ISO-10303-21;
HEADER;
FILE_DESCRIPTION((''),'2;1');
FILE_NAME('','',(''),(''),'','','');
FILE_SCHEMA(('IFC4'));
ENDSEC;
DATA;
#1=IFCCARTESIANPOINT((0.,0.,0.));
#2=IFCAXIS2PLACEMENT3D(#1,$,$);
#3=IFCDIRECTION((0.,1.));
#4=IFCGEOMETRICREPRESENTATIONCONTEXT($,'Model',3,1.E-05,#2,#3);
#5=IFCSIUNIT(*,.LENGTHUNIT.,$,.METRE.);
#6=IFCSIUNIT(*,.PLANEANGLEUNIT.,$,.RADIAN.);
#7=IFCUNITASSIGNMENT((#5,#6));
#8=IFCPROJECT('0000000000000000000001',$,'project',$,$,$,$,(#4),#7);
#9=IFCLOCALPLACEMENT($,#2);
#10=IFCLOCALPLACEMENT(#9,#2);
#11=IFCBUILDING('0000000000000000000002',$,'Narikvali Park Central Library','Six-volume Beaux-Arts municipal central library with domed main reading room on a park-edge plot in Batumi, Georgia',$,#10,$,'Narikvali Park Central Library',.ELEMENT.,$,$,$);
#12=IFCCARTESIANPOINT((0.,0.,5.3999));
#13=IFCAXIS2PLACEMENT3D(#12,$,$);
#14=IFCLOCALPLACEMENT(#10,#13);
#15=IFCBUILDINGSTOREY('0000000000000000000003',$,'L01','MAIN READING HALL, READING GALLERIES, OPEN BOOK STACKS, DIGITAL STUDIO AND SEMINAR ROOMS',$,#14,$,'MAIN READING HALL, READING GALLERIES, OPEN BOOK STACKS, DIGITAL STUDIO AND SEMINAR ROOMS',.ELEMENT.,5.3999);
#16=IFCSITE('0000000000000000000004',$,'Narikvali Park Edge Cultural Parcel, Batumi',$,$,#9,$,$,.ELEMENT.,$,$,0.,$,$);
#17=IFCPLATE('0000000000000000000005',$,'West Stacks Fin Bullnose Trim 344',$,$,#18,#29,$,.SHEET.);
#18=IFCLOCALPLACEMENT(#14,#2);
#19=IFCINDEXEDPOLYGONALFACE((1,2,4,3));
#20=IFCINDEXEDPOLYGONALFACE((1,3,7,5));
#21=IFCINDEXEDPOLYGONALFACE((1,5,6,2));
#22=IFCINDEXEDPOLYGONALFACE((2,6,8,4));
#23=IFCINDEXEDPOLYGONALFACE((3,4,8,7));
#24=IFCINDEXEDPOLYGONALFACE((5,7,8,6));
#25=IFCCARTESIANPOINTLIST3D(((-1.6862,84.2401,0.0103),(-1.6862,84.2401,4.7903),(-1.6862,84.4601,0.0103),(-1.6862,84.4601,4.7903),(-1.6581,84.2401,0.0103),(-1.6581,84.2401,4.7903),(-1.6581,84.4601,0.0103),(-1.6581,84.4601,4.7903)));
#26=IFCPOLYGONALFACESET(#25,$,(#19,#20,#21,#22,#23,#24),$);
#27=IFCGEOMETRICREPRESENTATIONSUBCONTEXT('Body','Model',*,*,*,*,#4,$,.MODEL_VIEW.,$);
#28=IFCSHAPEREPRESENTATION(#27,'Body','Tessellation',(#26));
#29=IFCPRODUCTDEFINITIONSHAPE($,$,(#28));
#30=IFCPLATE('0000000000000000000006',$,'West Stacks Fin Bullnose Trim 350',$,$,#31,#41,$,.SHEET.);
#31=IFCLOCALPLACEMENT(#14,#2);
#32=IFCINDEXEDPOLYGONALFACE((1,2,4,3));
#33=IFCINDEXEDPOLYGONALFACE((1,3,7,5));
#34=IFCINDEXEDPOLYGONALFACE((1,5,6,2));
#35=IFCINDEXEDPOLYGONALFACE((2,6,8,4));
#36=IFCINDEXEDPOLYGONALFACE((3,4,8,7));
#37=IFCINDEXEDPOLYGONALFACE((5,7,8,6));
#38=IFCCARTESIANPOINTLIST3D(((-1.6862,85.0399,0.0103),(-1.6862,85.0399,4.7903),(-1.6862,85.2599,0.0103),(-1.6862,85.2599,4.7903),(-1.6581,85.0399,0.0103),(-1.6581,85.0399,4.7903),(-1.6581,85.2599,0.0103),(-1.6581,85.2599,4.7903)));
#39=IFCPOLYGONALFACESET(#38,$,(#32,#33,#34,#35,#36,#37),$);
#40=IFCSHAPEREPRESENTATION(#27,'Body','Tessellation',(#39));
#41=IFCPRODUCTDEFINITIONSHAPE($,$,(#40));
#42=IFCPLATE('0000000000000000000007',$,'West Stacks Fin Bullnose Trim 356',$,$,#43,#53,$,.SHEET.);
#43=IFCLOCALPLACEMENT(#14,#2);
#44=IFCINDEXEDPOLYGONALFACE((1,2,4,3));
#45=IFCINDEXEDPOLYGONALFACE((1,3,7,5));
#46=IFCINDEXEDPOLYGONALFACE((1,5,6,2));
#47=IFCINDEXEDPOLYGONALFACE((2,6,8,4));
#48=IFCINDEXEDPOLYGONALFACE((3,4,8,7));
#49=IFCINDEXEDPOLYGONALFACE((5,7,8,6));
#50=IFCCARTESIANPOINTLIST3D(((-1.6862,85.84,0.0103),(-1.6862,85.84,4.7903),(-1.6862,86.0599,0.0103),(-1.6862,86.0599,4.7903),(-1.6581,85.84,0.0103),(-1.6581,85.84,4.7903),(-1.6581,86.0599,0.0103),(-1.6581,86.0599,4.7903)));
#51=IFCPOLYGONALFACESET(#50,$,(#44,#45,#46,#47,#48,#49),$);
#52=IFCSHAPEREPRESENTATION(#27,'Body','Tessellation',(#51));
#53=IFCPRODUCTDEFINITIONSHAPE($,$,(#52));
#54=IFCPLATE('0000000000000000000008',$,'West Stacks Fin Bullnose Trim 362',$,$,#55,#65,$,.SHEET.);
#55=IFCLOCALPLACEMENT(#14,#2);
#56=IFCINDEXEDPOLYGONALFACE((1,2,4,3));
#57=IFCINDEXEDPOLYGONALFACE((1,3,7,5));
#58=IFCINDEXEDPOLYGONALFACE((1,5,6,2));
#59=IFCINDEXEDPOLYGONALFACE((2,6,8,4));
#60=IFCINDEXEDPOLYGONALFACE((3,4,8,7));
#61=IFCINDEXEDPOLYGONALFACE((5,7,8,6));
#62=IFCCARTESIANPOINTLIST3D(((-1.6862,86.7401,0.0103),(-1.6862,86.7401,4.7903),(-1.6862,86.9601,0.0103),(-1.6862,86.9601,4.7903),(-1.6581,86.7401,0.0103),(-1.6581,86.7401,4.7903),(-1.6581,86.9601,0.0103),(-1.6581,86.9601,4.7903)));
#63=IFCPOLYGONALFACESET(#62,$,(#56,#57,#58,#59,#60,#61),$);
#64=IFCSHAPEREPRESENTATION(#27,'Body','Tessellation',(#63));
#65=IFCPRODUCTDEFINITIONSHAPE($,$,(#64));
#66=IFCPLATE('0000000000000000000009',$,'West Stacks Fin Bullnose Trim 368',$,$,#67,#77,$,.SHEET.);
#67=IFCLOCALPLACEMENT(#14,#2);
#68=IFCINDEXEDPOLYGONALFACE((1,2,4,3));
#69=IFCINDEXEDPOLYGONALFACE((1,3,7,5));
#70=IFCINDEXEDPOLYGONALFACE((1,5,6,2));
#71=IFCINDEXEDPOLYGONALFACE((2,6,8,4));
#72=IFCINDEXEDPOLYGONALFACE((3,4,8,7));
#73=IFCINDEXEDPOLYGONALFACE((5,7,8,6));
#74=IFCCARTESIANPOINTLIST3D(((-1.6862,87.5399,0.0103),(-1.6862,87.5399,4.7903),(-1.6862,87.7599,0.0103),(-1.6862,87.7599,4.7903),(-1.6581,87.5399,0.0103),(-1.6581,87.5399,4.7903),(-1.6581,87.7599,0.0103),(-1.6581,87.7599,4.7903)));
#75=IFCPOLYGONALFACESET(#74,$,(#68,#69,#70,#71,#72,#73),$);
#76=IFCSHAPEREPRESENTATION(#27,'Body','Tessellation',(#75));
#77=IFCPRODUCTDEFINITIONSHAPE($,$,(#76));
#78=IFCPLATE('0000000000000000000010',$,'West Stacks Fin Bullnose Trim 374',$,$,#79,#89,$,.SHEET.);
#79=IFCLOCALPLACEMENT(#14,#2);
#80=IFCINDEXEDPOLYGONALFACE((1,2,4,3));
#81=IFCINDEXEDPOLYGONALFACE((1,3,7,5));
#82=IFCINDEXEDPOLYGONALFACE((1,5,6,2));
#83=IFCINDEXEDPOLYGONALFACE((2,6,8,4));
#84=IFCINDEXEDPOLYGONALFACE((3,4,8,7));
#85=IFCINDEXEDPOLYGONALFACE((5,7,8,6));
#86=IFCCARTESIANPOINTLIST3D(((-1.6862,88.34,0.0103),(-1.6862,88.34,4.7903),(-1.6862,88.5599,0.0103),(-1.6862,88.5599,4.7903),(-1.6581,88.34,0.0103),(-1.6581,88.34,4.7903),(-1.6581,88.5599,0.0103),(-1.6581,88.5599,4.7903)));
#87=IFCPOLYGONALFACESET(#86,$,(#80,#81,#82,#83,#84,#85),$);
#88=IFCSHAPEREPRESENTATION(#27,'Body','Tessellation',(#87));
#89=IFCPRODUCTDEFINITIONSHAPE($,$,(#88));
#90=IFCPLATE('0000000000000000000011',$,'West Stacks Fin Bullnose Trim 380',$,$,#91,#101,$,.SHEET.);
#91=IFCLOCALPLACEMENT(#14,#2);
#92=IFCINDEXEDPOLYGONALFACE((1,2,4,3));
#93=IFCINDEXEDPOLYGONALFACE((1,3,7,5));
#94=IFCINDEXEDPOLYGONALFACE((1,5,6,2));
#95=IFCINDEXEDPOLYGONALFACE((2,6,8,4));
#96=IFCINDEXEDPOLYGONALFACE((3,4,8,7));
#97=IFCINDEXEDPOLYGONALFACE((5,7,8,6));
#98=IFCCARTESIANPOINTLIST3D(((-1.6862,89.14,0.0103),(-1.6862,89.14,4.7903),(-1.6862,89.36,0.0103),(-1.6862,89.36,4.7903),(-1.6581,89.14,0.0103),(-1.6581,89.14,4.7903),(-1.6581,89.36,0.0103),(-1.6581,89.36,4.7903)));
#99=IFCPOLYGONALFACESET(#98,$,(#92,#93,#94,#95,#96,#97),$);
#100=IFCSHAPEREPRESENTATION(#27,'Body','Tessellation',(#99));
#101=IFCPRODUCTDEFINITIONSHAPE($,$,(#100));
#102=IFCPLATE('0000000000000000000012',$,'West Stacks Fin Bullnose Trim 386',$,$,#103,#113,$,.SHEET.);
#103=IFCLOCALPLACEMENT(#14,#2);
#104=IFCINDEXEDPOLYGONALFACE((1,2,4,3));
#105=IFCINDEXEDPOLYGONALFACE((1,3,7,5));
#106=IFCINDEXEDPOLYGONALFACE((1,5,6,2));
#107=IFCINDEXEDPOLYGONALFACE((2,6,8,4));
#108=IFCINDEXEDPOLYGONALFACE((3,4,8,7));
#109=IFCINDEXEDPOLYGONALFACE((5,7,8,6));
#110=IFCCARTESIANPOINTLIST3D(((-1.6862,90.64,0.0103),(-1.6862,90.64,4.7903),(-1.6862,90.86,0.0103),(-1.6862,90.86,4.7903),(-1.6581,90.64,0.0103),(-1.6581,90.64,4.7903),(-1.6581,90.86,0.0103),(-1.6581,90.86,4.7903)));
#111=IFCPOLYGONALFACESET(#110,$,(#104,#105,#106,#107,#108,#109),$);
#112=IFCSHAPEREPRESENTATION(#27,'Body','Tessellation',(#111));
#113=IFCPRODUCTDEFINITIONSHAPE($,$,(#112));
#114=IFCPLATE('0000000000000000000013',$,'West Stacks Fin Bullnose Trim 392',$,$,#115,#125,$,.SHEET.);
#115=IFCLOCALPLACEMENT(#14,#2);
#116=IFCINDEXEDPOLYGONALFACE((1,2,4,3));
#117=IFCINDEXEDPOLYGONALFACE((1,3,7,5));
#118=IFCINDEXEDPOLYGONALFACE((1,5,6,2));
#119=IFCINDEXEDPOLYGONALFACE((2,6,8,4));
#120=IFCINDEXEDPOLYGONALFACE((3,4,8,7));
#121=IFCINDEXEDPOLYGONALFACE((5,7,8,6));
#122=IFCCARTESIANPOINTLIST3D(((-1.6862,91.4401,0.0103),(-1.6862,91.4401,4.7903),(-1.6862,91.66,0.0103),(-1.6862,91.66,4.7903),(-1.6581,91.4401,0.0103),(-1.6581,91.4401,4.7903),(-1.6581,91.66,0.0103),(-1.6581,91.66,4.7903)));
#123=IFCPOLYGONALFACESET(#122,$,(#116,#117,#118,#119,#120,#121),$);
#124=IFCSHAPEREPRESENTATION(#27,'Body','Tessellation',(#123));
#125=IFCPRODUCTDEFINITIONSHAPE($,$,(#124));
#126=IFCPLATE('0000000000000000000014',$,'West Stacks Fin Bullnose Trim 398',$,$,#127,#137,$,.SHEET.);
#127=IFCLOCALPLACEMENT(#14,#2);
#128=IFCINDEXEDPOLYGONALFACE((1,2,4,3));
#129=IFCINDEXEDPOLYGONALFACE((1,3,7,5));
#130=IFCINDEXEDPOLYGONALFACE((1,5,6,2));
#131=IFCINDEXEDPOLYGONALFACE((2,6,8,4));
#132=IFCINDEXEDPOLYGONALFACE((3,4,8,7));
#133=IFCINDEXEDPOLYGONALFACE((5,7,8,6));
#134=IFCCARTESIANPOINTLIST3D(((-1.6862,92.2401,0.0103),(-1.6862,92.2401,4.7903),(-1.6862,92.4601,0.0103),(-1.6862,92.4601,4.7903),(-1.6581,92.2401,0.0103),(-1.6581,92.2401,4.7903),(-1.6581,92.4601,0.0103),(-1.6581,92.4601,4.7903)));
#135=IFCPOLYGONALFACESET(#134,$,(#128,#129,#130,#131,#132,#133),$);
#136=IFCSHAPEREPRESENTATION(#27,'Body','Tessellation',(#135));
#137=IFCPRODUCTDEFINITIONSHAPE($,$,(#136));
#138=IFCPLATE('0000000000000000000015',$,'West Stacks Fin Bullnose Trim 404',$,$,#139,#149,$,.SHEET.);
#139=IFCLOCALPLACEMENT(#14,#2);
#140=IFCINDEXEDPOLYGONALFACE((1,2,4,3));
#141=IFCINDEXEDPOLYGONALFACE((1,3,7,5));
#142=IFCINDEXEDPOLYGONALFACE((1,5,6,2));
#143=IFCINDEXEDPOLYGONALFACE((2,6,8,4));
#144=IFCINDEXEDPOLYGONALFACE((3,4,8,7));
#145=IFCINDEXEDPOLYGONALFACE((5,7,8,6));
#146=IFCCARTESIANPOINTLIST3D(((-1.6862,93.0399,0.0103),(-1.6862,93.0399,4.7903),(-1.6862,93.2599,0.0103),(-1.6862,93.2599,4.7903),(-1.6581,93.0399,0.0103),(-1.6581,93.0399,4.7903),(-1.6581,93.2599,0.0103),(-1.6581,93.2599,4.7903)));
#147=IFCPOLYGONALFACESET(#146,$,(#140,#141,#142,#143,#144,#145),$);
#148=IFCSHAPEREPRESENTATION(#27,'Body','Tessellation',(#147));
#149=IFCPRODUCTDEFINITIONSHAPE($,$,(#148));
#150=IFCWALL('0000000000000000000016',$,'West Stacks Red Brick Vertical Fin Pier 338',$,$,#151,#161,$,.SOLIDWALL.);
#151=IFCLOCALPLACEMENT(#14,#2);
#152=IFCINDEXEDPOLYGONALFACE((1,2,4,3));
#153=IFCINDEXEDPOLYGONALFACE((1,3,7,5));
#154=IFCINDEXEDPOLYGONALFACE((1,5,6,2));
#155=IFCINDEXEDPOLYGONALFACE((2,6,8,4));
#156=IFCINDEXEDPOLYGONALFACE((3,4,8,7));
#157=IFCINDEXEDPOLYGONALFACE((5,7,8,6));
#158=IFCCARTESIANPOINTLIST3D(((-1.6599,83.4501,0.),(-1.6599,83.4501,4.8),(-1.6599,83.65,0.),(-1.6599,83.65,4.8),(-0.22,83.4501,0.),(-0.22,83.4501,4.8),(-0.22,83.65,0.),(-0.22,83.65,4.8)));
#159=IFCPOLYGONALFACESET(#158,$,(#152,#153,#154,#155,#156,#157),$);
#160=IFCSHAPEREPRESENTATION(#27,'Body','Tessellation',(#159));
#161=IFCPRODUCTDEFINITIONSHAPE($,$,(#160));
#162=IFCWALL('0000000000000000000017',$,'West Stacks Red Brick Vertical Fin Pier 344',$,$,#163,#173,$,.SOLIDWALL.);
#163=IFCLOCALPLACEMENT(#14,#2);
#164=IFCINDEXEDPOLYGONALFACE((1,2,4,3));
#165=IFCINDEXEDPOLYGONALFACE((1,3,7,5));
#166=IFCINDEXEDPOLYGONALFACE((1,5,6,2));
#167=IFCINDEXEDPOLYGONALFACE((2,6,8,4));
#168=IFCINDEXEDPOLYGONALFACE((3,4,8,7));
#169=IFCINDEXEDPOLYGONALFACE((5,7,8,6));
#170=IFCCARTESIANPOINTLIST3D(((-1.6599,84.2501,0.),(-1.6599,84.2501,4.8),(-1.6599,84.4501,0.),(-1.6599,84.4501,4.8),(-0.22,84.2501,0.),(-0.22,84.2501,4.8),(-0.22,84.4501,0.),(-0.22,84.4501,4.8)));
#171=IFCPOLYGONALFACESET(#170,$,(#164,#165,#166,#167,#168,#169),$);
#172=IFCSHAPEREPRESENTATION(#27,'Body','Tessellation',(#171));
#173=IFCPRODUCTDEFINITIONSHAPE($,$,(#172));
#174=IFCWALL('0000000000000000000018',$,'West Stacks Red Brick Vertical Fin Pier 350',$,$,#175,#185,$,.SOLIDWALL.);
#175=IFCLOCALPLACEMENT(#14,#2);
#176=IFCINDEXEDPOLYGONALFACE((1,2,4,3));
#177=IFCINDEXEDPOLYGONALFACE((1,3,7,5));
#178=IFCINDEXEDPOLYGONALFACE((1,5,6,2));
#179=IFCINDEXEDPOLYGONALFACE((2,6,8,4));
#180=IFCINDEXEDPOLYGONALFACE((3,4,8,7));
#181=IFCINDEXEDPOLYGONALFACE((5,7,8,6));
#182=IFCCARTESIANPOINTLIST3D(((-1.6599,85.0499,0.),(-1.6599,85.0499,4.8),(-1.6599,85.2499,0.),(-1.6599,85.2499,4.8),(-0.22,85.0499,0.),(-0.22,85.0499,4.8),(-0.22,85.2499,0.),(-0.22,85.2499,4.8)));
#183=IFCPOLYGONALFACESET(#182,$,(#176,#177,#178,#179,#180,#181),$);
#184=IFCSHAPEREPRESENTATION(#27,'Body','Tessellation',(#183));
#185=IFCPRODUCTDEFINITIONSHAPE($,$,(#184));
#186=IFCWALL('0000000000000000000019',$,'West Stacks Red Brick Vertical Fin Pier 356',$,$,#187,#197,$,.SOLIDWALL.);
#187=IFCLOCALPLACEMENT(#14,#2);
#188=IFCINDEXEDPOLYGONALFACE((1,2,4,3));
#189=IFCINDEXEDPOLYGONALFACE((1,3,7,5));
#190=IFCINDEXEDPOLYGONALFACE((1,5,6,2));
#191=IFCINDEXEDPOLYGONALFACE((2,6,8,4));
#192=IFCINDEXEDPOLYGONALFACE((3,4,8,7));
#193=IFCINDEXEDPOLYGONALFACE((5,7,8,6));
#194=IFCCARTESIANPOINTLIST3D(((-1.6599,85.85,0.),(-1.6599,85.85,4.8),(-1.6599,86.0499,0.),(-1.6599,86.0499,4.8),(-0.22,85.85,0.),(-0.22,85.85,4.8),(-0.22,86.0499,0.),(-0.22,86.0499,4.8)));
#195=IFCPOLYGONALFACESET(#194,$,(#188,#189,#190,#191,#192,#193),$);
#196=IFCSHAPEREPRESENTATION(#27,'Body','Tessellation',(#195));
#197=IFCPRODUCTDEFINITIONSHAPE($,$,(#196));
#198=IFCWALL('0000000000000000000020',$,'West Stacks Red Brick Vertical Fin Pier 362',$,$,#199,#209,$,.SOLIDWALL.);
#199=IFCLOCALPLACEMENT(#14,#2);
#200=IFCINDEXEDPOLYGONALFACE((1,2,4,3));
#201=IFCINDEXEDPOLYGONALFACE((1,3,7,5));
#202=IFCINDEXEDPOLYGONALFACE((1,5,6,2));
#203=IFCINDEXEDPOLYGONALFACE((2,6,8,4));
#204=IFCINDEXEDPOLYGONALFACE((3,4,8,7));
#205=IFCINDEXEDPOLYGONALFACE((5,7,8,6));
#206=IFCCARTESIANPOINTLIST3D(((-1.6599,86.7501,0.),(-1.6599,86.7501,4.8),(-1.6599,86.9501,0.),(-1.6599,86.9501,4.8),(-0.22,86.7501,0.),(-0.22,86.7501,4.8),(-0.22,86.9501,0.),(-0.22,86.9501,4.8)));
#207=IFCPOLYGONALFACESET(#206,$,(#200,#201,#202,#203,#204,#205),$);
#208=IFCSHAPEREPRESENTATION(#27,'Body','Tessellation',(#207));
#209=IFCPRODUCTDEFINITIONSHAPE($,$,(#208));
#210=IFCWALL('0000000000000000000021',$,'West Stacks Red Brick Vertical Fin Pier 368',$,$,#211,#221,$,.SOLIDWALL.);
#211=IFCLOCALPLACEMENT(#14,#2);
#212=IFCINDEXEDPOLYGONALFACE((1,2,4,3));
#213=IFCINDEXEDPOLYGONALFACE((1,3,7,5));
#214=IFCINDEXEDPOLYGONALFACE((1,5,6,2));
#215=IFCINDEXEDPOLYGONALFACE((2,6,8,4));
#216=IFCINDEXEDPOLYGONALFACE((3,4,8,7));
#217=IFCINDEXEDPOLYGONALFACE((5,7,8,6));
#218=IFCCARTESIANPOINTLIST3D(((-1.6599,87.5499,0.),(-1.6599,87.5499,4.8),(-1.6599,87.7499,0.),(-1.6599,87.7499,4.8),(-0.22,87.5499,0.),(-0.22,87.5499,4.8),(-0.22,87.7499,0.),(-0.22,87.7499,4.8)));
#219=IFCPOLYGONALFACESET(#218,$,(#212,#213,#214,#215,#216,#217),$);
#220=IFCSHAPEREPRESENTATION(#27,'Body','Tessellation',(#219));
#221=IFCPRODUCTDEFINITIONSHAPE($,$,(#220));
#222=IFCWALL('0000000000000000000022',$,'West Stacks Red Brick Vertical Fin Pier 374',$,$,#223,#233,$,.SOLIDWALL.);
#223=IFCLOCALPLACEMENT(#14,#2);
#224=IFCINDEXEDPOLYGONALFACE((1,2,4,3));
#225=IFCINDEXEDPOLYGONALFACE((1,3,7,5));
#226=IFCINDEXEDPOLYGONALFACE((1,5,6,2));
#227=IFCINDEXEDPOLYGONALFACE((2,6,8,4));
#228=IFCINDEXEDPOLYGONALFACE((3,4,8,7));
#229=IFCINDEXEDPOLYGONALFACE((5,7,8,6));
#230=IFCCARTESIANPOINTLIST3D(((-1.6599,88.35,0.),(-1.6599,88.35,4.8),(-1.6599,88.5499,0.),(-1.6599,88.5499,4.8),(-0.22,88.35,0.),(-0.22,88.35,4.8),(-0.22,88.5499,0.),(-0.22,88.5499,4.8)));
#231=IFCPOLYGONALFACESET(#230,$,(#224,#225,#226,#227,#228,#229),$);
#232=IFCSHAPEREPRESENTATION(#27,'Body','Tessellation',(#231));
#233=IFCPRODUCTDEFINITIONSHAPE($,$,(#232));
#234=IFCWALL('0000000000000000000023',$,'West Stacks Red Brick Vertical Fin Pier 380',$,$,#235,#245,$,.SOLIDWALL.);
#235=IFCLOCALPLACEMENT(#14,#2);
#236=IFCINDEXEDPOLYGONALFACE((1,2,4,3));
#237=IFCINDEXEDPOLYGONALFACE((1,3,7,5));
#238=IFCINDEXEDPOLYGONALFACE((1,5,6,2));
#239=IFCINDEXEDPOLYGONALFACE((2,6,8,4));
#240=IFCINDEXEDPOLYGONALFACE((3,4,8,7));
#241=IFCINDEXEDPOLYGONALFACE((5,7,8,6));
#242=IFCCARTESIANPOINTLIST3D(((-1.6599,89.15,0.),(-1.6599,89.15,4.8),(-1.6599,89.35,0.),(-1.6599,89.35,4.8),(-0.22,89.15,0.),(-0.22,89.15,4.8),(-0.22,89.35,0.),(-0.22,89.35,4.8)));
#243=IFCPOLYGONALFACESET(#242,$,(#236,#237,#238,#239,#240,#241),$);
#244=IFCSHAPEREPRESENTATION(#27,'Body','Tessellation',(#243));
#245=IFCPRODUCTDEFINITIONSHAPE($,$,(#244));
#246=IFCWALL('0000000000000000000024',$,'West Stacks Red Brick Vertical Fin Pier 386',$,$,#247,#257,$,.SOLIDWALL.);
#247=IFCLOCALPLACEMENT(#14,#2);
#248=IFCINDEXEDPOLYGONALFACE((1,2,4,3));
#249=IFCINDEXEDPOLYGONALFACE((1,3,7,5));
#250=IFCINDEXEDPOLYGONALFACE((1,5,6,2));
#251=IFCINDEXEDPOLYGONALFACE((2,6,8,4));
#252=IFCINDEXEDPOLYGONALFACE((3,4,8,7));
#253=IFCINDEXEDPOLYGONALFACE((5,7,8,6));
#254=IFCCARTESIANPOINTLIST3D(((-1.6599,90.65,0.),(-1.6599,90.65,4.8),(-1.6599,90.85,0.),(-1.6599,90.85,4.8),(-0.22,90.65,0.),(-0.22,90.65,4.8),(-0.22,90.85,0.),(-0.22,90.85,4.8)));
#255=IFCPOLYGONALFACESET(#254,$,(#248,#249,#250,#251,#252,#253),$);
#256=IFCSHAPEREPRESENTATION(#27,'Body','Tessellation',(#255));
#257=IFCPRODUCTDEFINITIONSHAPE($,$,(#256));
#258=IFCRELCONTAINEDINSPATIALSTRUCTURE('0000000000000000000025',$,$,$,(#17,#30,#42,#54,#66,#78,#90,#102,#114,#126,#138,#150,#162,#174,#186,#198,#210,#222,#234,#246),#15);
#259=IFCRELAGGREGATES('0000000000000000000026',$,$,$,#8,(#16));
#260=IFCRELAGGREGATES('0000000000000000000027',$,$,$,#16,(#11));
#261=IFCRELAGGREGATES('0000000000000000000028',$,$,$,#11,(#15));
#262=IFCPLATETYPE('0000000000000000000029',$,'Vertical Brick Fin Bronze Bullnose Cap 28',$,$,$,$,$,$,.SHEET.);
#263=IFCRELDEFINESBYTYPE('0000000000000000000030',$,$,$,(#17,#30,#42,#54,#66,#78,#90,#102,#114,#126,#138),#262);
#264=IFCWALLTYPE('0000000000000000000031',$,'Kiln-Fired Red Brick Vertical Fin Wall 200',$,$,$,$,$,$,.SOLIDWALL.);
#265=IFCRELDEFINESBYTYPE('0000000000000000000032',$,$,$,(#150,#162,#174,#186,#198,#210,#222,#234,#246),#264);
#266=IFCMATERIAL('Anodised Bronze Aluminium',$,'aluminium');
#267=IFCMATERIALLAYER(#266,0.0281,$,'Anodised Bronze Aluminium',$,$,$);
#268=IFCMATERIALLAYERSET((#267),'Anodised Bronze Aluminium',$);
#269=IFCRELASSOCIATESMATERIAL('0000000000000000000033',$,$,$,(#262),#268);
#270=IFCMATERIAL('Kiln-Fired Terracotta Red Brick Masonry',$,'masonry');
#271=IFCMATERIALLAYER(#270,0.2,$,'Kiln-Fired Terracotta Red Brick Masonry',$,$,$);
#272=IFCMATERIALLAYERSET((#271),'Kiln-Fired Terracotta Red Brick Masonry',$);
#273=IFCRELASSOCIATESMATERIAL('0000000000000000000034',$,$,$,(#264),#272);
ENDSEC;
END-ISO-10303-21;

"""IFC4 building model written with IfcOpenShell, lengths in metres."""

from ifc_helpers import new_model, si_unit, direction, frame, frame_2d, origin, origin_2d, place, context, subcontext, project, spatial, rectangle, extrude, material, layer, layer_set, type_object, element, save


model = new_model("IFC4")

# Units and contexts
model_context = context("Model", 3, precision=1e-05, world=origin(), true_north=direction((0.0, 1.0)))
body_context = subcontext(model_context, "Body", "Model", "MODEL_VIEW")
ifc_project = project(units=[si_unit("LENGTHUNIT", "METRE"), si_unit("PLANEANGLEUNIT", "RADIAN")], contexts=[model_context])

# Site, building, storey
site_placement = place(None, origin())
site = spatial("IfcSite", under=ifc_project, at=site_placement, Name="Narikvali Park Edge Cultural Parcel, Batumi", CompositionType="ELEMENT", RefElevation=0.0)
building_placement = place(site_placement, origin())
building = spatial("IfcBuilding", under=site, at=building_placement, Name="Narikvali Park Central Library", Description="Six-volume Beaux-Arts municipal central library with domed main reading room on a park-edge plot in Batumi, Georgia", LongName="Narikvali Park Central Library", CompositionType="ELEMENT")
storey_placement = place(building_placement, frame((0.0, 0.0, 5.3999)))
storey = spatial("IfcBuildingStorey", under=building, at=storey_placement, Name="L01", Description="MAIN READING HALL, READING GALLERIES, OPEN BOOK STACKS, DIGITAL STUDIO AND SEMINAR ROOMS", LongName="MAIN READING HALL, READING GALLERIES, OPEN BOOK STACKS, DIGITAL STUDIO AND SEMINAR ROOMS", CompositionType="ELEMENT", Elevation=5.3999)

# Plates
ifc_material_1 = material(Name="Anodised Bronze Aluminium", Category="aluminium")
ifc_layer_1 = layer(ifc_material_1, 0.0281, Name="Anodised Bronze Aluminium")
ifc_layer_set_1 = layer_set([ifc_layer_1], Name="Anodised Bronze Aluminium")
plate_type = type_object("IfcPlateType", Name="Vertical Brick Fin Bronze Bullnose Cap 28", PredefinedType="SHEET", material=ifc_layer_set_1)
for number, where, z_axis, x_axis, name in (
    (1, (-1.6721, 84.3501, 0.0103), (0.0, 0.0, 1.0), (1.0, 0.0, 0.0), "West Stacks Fin Bullnose Trim 344"),
    (2, (-1.6721, 85.1499, 0.0103), (0.0, 0.0, 1.0), (1.0, 0.0, 0.0), "West Stacks Fin Bullnose Trim 350"),
    (3, (-1.6721, 85.95, 0.0103), (0.0, 0.0, 1.0), (1.0, 0.0, 0.0), "West Stacks Fin Bullnose Trim 356"),
    (4, (-1.6721, 86.8501, 0.0103), (0.0, 0.0, 1.0), (1.0, 0.0, 0.0), "West Stacks Fin Bullnose Trim 362"),
    (5, (-1.6721, 87.6499, 0.0103), (0.0, 0.0, 1.0), (1.0, 0.0, 0.0), "West Stacks Fin Bullnose Trim 368"),
    (6, (-1.6721, 88.45, 0.0103), (0.0, 0.0, 1.0), (1.0, 0.0, 0.0), "West Stacks Fin Bullnose Trim 374"),
    (7, (-1.6721, 89.25, 0.0103), (0.0, 0.0, 1.0), (1.0, 0.0, 0.0), "West Stacks Fin Bullnose Trim 380"),
    (8, (-1.6721, 90.75, 0.0103), (0.0, 0.0, 1.0), (1.0, 0.0, 0.0), "West Stacks Fin Bullnose Trim 386"),
    (9, (-1.6721, 91.55, 0.0103), (0.0, 0.0, 1.0), (1.0, 0.0, 0.0), "West Stacks Fin Bullnose Trim 392"),
    (10, (-1.6721, 92.3501, 0.0103), (0.0, 0.0, 1.0), (1.0, 0.0, 0.0), "West Stacks Fin Bullnose Trim 398"),
    (11, (-1.6721, 93.1499, 0.0103), (0.0, 0.0, 1.0), (1.0, 0.0, 0.0), "West Stacks Fin Bullnose Trim 404"),
):
    element("IfcPlate", number, at=place(storey_placement, frame(where, z_axis=z_axis, x_axis=x_axis)), inside=storey, type_object=plate_type, Name=name, PredefinedType="SHEET", context=body_context, shape_type="SweptSolid", body=[
        extrude(rectangle(XDim=0.0281, YDim=0.22, at=origin_2d()), origin(), (0.0, 0.0, 1.0), 4.78),
    ])

# Walls
ifc_material_2 = material(Name="Kiln-Fired Terracotta Red Brick Masonry", Category="masonry")
ifc_layer_2 = layer(ifc_material_2, 0.2, Name="Kiln-Fired Terracotta Red Brick Masonry")
ifc_layer_set_2 = layer_set([ifc_layer_2], Name="Kiln-Fired Terracotta Red Brick Masonry")
wall_type = type_object("IfcWallType", Name="Kiln-Fired Red Brick Vertical Fin Wall 200", PredefinedType="SOLIDWALL", material=ifc_layer_set_2)
for number, where, z_axis, x_axis, name in (
    (12, (-1.6599, 83.55, 0.0), (0.0, 0.0, 1.0), (1.0, 0.0, 0.0), "West Stacks Red Brick Vertical Fin Pier 338"),
    (13, (-1.6599, 84.3501, 0.0), (0.0, 0.0, 1.0), (1.0, 0.0, 0.0), "West Stacks Red Brick Vertical Fin Pier 344"),
    (14, (-1.6599, 85.1499, 0.0), (0.0, 0.0, 1.0), (1.0, 0.0, 0.0), "West Stacks Red Brick Vertical Fin Pier 350"),
    (15, (-1.6599, 85.95, 0.0), (0.0, 0.0, 1.0), (1.0, 0.0, 0.0), "West Stacks Red Brick Vertical Fin Pier 356"),
    (16, (-1.6599, 86.8501, 0.0), (0.0, 0.0, 1.0), (1.0, 0.0, 0.0), "West Stacks Red Brick Vertical Fin Pier 362"),
    (17, (-1.6599, 87.6499, 0.0), (0.0, 0.0, 1.0), (1.0, 0.0, 0.0), "West Stacks Red Brick Vertical Fin Pier 368"),
    (18, (-1.6599, 88.45, 0.0), (0.0, 0.0, 1.0), (1.0, 0.0, 0.0), "West Stacks Red Brick Vertical Fin Pier 374"),
    (19, (-1.6599, 89.25, 0.0), (0.0, 0.0, 1.0), (1.0, 0.0, 0.0), "West Stacks Red Brick Vertical Fin Pier 380"),
    (20, (-1.6599, 90.75, 0.0), (0.0, 0.0, 1.0), (1.0, 0.0, 0.0), "West Stacks Red Brick Vertical Fin Pier 386"),
):
    element("IfcWall", number, at=place(storey_placement, frame(where, z_axis=z_axis, x_axis=x_axis)), inside=storey, type_object=wall_type, Name=name, PredefinedType="SOLIDWALL", context=body_context, shape_type="SweptSolid", body=[
        extrude(rectangle(XDim=1.4399, YDim=0.2, at=frame_2d((0.72, 0.0))), origin(), (0.0, 0.0, 1.0), 4.8),
    ])

save(model, "model.ifc")
